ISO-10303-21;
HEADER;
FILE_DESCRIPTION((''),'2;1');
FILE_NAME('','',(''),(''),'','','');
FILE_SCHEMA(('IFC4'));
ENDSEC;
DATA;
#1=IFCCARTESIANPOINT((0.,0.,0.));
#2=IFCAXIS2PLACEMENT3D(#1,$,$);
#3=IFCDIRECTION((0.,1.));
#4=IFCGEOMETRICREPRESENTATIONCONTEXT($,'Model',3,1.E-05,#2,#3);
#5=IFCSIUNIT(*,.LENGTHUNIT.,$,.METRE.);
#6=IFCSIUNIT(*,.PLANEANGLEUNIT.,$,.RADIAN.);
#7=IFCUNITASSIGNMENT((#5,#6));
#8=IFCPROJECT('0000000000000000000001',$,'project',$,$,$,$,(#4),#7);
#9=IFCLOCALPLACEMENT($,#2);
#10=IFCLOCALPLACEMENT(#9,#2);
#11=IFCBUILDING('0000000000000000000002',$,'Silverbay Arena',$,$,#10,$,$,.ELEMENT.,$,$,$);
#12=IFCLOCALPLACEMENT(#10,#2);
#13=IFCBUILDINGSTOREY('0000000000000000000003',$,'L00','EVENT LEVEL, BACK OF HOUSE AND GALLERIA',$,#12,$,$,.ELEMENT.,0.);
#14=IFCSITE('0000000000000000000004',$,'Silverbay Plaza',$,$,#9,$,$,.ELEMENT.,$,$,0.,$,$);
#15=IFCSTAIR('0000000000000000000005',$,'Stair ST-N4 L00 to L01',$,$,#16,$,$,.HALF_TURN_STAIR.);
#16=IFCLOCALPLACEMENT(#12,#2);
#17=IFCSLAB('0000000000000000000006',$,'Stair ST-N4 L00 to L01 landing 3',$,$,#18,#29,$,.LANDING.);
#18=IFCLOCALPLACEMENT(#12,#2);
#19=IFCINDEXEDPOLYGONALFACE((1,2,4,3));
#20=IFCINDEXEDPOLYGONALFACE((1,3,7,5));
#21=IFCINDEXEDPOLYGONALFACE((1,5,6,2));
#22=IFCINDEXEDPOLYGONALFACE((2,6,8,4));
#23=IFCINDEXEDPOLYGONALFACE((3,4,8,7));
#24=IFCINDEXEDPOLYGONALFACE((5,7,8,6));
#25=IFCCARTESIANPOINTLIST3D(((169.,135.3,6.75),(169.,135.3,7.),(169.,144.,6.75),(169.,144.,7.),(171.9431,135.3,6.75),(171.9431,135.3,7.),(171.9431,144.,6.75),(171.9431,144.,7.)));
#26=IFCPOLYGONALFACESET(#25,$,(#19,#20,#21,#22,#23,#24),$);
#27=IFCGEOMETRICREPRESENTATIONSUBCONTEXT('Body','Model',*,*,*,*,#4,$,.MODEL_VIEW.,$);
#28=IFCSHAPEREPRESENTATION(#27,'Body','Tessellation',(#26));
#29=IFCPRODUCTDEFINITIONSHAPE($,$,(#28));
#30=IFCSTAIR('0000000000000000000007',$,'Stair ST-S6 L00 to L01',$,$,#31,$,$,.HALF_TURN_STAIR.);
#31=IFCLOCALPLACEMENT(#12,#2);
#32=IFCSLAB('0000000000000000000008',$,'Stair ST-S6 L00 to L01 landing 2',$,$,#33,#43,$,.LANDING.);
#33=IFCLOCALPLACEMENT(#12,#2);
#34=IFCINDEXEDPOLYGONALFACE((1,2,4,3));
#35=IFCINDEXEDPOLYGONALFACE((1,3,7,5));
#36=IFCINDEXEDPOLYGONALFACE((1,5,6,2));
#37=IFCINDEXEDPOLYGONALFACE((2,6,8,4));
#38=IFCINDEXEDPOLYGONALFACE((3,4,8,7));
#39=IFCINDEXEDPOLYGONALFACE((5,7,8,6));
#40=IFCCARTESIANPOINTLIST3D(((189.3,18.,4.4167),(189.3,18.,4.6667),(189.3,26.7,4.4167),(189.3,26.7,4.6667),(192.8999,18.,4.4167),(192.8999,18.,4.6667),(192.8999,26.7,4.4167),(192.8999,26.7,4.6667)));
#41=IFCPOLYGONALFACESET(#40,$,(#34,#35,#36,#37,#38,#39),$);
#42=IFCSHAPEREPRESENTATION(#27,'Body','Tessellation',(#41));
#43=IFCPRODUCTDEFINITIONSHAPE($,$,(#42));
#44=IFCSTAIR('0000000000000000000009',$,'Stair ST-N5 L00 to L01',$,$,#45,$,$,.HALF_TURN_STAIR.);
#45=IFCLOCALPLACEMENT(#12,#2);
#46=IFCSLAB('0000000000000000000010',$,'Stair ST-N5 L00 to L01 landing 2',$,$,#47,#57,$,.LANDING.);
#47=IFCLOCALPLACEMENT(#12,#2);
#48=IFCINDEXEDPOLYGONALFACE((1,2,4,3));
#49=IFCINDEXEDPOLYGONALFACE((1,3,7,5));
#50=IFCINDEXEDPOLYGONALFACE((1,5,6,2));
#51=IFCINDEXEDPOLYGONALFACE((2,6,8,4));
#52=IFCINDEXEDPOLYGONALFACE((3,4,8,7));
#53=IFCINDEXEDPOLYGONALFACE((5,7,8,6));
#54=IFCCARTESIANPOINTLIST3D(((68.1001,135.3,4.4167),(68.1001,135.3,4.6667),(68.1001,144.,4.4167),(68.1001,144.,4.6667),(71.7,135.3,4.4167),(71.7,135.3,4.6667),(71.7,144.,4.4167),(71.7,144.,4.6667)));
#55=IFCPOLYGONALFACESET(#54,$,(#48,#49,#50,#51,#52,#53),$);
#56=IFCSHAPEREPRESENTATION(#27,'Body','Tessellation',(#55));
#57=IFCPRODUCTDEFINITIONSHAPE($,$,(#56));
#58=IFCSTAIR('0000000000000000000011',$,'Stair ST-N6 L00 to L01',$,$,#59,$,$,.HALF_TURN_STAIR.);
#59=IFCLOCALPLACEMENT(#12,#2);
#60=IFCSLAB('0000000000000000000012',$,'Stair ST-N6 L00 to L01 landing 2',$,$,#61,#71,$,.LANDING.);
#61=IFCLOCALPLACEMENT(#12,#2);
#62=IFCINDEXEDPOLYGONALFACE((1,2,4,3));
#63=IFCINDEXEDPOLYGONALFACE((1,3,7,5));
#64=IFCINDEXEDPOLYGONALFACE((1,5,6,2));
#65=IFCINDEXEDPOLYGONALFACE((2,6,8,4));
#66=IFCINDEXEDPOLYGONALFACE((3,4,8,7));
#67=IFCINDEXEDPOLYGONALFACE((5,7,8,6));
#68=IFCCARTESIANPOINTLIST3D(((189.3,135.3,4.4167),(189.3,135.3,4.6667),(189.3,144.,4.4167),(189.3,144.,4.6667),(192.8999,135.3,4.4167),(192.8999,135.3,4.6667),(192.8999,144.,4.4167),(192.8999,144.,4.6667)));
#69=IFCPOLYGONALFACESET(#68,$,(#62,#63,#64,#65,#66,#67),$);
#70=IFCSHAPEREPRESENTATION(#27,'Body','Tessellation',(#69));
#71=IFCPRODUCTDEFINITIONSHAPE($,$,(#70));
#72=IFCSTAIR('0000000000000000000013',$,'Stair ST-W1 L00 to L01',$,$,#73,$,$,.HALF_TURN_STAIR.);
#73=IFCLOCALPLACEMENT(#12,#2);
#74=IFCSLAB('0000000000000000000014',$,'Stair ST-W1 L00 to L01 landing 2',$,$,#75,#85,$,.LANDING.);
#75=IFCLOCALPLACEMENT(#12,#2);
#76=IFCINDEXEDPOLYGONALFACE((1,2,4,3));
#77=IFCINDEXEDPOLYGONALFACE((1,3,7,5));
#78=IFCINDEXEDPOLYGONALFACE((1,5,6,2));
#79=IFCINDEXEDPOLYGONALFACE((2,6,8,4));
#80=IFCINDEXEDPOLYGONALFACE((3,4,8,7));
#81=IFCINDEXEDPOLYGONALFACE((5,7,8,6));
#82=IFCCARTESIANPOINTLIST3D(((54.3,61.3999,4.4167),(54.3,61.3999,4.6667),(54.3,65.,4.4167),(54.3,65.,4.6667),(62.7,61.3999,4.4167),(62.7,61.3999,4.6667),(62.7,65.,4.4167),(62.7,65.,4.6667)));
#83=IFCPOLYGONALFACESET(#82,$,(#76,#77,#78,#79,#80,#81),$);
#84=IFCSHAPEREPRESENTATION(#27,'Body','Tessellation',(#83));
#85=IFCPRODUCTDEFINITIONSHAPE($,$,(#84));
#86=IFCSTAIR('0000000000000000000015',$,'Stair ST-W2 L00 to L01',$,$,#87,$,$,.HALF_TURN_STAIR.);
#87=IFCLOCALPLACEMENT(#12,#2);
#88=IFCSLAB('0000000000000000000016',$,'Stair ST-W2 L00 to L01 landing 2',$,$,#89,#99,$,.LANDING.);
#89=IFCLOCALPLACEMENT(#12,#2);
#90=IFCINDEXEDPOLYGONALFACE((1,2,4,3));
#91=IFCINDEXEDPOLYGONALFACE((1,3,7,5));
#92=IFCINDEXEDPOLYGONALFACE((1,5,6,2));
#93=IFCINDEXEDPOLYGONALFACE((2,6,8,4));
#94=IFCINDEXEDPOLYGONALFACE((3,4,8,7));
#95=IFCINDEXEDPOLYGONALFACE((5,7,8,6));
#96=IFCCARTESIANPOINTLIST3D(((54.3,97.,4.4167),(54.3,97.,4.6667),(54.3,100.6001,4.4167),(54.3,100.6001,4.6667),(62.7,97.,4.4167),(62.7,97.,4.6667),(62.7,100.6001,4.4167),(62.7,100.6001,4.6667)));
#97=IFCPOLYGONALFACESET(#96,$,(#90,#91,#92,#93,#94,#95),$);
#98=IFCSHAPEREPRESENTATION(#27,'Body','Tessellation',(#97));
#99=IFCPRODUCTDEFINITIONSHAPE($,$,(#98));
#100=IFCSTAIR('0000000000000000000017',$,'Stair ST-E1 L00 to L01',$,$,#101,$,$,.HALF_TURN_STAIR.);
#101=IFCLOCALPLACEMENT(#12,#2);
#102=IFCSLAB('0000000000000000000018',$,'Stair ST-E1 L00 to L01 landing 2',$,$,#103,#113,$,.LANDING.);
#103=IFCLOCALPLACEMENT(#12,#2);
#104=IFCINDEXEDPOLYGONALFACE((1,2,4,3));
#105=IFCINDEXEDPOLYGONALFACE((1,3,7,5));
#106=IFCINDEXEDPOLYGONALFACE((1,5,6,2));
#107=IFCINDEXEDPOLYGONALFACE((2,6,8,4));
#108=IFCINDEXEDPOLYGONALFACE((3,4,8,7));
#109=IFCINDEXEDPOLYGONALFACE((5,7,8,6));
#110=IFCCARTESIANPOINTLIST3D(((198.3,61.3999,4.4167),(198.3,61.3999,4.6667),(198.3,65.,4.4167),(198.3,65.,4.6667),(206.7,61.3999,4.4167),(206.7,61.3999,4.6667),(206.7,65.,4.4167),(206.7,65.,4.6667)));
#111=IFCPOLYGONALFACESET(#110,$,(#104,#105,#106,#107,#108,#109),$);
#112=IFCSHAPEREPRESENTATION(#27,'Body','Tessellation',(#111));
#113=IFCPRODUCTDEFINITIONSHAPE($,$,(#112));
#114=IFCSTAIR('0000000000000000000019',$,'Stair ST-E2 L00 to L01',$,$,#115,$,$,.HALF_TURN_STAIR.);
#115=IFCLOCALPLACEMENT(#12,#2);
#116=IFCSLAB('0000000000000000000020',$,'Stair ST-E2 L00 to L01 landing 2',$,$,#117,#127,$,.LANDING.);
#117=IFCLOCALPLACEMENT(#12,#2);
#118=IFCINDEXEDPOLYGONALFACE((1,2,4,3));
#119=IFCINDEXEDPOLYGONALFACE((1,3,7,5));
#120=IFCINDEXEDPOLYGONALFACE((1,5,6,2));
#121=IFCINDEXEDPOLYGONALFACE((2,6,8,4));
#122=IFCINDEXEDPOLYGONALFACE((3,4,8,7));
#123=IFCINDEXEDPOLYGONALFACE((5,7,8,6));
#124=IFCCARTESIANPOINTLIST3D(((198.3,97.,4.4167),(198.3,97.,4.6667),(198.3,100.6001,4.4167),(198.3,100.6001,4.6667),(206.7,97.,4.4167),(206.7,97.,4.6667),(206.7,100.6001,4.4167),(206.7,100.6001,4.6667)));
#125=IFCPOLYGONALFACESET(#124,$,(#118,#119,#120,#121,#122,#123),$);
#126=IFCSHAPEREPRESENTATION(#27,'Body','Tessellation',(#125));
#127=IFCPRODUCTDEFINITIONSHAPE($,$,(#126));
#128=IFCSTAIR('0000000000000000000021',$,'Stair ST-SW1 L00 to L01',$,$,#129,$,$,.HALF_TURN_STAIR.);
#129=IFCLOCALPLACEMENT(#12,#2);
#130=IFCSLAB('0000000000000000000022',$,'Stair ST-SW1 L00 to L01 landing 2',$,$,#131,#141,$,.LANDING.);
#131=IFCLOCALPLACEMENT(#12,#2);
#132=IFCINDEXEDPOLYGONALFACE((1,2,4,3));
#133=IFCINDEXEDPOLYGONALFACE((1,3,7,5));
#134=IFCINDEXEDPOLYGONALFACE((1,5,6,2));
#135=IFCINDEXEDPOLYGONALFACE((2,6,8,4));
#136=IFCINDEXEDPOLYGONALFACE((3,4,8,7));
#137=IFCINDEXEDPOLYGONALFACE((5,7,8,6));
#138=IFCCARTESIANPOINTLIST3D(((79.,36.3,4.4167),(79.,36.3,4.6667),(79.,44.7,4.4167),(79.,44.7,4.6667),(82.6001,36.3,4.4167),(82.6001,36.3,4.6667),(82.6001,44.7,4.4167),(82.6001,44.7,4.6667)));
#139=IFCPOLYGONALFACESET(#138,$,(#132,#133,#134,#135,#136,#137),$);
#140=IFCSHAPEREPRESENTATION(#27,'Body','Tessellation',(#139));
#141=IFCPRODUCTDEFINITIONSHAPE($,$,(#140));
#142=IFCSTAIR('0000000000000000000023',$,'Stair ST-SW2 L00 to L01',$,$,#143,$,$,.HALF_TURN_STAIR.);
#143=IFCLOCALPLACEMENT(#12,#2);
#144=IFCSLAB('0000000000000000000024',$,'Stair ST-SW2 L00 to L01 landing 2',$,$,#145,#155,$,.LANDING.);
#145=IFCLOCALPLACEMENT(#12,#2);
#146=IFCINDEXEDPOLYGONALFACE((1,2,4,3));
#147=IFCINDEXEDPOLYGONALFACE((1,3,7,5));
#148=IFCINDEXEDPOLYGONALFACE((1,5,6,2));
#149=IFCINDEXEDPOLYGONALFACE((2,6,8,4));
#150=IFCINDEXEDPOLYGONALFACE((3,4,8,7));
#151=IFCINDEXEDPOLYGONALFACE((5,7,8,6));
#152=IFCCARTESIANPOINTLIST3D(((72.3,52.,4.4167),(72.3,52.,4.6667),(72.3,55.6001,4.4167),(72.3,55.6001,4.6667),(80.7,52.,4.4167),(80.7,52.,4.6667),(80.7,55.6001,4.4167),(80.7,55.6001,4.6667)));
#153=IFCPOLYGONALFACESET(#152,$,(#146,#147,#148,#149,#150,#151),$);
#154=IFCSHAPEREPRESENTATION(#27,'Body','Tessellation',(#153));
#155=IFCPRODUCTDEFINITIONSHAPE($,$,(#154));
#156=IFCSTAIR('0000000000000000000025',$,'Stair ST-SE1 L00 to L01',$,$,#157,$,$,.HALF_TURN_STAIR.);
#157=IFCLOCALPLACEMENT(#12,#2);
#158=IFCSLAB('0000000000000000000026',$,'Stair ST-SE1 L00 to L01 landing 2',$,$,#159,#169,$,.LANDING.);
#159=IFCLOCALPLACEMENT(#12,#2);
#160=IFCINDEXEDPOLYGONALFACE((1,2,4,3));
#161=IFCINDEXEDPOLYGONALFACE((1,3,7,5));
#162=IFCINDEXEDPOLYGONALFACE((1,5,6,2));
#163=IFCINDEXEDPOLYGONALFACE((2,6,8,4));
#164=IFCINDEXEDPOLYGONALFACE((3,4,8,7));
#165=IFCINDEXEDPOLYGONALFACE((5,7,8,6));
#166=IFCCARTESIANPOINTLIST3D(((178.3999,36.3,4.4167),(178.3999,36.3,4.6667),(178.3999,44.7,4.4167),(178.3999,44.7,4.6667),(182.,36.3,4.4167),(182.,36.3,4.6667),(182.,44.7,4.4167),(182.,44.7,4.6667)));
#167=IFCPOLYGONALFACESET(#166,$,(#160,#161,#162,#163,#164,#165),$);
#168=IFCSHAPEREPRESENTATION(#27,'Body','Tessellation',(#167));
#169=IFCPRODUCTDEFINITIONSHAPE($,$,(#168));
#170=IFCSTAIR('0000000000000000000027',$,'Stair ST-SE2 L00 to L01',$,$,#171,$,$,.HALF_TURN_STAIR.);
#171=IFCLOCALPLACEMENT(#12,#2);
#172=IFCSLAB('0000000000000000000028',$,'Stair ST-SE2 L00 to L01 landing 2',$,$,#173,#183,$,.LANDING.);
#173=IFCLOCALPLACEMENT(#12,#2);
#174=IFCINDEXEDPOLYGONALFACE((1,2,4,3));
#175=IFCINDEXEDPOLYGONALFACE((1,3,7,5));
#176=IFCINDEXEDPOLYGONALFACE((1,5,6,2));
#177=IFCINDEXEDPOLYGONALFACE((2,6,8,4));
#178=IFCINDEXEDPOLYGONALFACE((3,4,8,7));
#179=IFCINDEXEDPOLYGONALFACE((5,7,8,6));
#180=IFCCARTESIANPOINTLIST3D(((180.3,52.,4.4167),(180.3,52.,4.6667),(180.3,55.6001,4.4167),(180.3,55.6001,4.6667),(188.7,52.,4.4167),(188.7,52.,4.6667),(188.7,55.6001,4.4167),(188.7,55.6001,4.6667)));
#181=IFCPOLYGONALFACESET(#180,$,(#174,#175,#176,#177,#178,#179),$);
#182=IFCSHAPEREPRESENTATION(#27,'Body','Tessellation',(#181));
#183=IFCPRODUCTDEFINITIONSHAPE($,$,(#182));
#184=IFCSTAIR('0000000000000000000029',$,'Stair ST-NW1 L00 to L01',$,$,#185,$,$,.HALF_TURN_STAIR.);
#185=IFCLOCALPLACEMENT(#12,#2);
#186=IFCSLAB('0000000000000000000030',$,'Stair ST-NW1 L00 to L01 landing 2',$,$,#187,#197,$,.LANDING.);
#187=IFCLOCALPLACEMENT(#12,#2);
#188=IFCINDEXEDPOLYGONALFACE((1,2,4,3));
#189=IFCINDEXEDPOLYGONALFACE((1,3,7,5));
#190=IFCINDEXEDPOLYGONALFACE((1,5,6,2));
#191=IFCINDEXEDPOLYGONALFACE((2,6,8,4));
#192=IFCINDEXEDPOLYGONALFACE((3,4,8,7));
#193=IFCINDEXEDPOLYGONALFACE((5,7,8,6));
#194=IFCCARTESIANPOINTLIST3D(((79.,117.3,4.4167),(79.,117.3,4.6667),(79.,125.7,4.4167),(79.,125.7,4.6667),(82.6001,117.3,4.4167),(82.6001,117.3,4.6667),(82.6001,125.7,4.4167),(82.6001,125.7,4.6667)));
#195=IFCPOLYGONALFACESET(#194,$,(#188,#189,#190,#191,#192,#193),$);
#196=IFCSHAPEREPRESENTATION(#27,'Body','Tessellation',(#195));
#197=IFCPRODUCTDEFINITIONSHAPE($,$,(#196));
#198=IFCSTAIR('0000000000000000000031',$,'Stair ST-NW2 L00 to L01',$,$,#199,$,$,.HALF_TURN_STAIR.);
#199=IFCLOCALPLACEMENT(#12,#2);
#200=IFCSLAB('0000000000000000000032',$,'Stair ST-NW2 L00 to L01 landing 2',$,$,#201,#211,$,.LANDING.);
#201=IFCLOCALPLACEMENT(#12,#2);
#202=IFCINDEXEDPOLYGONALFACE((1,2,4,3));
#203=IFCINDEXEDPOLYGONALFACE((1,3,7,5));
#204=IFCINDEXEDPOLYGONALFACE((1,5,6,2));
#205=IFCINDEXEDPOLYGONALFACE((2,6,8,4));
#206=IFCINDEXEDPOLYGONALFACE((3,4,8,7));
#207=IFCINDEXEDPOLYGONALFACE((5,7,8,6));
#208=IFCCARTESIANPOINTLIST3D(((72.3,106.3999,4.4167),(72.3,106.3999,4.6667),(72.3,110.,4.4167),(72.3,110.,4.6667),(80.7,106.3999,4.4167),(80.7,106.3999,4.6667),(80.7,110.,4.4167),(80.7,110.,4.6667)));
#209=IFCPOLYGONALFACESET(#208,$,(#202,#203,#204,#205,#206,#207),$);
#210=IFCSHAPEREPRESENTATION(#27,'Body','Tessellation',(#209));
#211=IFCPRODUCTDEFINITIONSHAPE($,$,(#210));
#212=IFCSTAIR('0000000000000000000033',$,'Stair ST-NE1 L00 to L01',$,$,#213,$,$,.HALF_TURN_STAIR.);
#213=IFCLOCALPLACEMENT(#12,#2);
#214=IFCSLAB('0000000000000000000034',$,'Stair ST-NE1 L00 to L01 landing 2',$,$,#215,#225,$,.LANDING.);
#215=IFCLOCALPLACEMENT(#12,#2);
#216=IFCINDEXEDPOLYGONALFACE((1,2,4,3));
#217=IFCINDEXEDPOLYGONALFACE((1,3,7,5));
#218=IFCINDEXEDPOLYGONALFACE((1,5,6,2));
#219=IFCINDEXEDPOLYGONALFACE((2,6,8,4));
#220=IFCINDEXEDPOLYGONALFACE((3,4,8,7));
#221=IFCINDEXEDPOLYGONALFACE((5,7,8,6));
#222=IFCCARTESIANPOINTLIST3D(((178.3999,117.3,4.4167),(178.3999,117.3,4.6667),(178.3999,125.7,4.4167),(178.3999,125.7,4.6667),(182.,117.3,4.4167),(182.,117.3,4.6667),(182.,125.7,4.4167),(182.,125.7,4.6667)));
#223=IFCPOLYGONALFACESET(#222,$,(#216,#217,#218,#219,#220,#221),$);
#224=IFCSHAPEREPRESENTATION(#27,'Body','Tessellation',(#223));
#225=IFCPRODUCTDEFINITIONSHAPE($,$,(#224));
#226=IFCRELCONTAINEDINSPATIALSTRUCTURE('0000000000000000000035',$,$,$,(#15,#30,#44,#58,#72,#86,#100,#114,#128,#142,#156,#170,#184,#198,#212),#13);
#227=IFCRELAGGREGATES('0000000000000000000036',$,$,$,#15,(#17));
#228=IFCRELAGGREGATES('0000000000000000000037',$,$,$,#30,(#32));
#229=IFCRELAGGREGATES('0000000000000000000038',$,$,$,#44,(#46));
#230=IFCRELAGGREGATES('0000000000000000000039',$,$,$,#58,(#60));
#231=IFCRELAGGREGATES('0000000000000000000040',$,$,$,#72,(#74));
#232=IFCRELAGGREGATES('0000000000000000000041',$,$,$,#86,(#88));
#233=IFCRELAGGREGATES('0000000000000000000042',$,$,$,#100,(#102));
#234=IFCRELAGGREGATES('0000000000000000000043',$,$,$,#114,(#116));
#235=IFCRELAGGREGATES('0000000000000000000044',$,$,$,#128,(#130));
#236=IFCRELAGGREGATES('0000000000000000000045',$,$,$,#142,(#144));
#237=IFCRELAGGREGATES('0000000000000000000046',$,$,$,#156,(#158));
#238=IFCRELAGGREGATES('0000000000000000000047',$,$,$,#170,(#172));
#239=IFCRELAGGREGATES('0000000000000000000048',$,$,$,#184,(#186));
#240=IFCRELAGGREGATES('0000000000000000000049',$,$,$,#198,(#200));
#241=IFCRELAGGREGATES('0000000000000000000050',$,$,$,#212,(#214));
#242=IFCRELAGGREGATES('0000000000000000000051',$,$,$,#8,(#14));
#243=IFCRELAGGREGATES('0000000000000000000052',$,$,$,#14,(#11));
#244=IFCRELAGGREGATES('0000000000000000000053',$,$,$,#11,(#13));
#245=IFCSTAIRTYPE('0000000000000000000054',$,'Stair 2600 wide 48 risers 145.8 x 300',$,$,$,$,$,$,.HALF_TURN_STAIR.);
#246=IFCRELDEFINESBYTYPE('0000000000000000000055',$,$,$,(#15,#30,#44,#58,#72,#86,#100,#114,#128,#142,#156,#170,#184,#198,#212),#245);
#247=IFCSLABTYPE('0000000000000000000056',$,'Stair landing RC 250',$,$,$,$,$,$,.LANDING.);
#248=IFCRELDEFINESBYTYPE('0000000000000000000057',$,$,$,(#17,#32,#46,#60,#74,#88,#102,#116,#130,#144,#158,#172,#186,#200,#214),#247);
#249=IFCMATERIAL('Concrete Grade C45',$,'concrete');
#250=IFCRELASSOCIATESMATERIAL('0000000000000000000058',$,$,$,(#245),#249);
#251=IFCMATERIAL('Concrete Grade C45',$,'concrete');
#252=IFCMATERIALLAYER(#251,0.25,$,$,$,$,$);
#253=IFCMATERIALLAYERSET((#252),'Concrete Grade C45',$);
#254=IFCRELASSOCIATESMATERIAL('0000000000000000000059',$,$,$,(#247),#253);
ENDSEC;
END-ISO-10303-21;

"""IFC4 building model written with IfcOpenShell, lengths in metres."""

from ifc_helpers import new_model, si_unit, direction, frame, origin, place, context, subcontext, project, spatial, polyline, outline, extrude, material, layer, layer_set, type_object, element, aggregate, save


model = new_model("IFC4")

# Units and contexts
model_context = context("Model", 3, precision=1e-05, world=origin(), true_north=direction((0.0, 1.0)))
body_context = subcontext(model_context, "Body", "Model", "MODEL_VIEW")
ifc_project = project(units=[si_unit("LENGTHUNIT", "METRE"), si_unit("PLANEANGLEUNIT", "RADIAN")], contexts=[model_context])

# Site, building, storey
site_placement = place(None, origin())
site = spatial("IfcSite", under=ifc_project, at=site_placement, Name="Silverbay Plaza", CompositionType="ELEMENT", RefElevation=0.0)
building_placement = place(site_placement, origin())
building = spatial("IfcBuilding", under=site, at=building_placement, Name="Silverbay Arena", CompositionType="ELEMENT")
storey_placement = place(building_placement, origin())
storey = spatial("IfcBuildingStorey", under=building, at=storey_placement, Name="L00", Description="EVENT LEVEL, BACK OF HOUSE AND GALLERIA", CompositionType="ELEMENT", Elevation=0.0)

# Stair
ifc_material_1 = material(Name="Concrete Grade C45", Category="concrete")
stair_type = type_object("IfcStairType", Name="Stair 2600 wide 48 risers 145.8 x 300", PredefinedType="HALF_TURN_STAIR", material=ifc_material_1)
stair_1_placement = place(storey_placement, origin())
stair_1 = element("IfcStair", 1, at=stair_1_placement, inside=storey, type_object=stair_type, Name="Stair ST-N4 L00 to L01", PredefinedType="HALF_TURN_STAIR")

# Slab
ifc_material_2 = material(Name="Concrete Grade C45", Category="concrete")
ifc_layer_1 = layer(ifc_material_2, 0.25)
ifc_layer_set_1 = layer_set([ifc_layer_1], Name="Concrete Grade C45")
slab_type_1 = type_object("IfcSlabType", Name="Stair landing RC 250", PredefinedType="LANDING", material=ifc_layer_set_1)
slab_1_placement = place(storey_placement, frame((0.0, 0.0, 6.75)))
slab_1 = element("IfcSlab", 2, at=slab_1_placement, type_object=slab_type_1, Name="Stair ST-N4 L00 to L01 landing 3", PredefinedType="LANDING", context=body_context, shape_type="SweptSolid", body=[
    extrude(outline(polyline([(171.9431, 135.3), (169.0, 135.3), (169.0, 144.0), (171.9431, 144.0), (171.9431, 135.3)])), origin(), (0.0, 0.0, 1.0), 0.25),
])
aggregate(stair_1, [slab_1])

# Stairs, slabs
stair_2_placement = place(storey_placement, origin())
stair_2 = element("IfcStair", 3, at=stair_2_placement, inside=storey, type_object=stair_type, Name="Stair ST-S6 L00 to L01", PredefinedType="HALF_TURN_STAIR")
slab_2_placement = place(storey_placement, frame((0.0, 0.0, 4.4167)))
slab_2 = element("IfcSlab", 4, at=slab_2_placement, type_object=slab_type_1, Name="Stair ST-S6 L00 to L01 landing 2", PredefinedType="LANDING", context=body_context, shape_type="SweptSolid", body=[
    extrude(outline(polyline([(189.3, 26.7), (192.8999, 26.7), (192.8999, 18.0), (189.3, 18.0), (189.3, 26.7)])), origin(), (0.0, 0.0, 1.0), 0.25),
])
aggregate(stair_2, [slab_2])
stair_3_placement = place(storey_placement, origin())
stair_3 = element("IfcStair", 5, at=stair_3_placement, inside=storey, type_object=stair_type, Name="Stair ST-N5 L00 to L01", PredefinedType="HALF_TURN_STAIR")
slab_3_placement = place(storey_placement, frame((0.0, 0.0, 4.4167)))
slab_3 = element("IfcSlab", 6, at=slab_3_placement, type_object=slab_type_1, Name="Stair ST-N5 L00 to L01 landing 2", PredefinedType="LANDING", context=body_context, shape_type="SweptSolid", body=[
    extrude(outline(polyline([(71.7, 135.3), (68.1001, 135.3), (68.1001, 144.0), (71.7, 144.0), (71.7, 135.3)])), origin(), (0.0, 0.0, 1.0), 0.25),
])
aggregate(stair_3, [slab_3])
stair_4_placement = place(storey_placement, origin())
stair_4 = element("IfcStair", 7, at=stair_4_placement, inside=storey, type_object=stair_type, Name="Stair ST-N6 L00 to L01", PredefinedType="HALF_TURN_STAIR")
slab_4_placement = place(storey_placement, frame((0.0, 0.0, 4.4167)))
slab_4 = element("IfcSlab", 8, at=slab_4_placement, type_object=slab_type_1, Name="Stair ST-N6 L00 to L01 landing 2", PredefinedType="LANDING", context=body_context, shape_type="SweptSolid", body=[
    extrude(outline(polyline([(189.3, 135.3), (192.8999, 135.3), (192.8999, 144.0), (189.3, 144.0), (189.3, 135.3)])), origin(), (0.0, 0.0, 1.0), 0.25),
])
aggregate(stair_4, [slab_4])
stair_5_placement = place(storey_placement, origin())
stair_5 = element("IfcStair", 9, at=stair_5_placement, inside=storey, type_object=stair_type, Name="Stair ST-W1 L00 to L01", PredefinedType="HALF_TURN_STAIR")
slab_5_placement = place(storey_placement, frame((0.0, 0.0, 4.4167)))
slab_5 = element("IfcSlab", 10, at=slab_5_placement, type_object=slab_type_1, Name="Stair ST-W1 L00 to L01 landing 2", PredefinedType="LANDING", context=body_context, shape_type="SweptSolid", body=[
    extrude(outline(polyline([(62.7, 65.0), (62.7, 61.3999), (54.3, 61.3999), (54.3, 65.0), (62.7, 65.0)])), origin(), (0.0, 0.0, 1.0), 0.25),
])
aggregate(stair_5, [slab_5])
stair_6_placement = place(storey_placement, origin())
stair_6 = element("IfcStair", 11, at=stair_6_placement, inside=storey, type_object=stair_type, Name="Stair ST-W2 L00 to L01", PredefinedType="HALF_TURN_STAIR")
slab_6_placement = place(storey_placement, frame((0.0, 0.0, 4.4167)))
slab_6 = element("IfcSlab", 12, at=slab_6_placement, type_object=slab_type_1, Name="Stair ST-W2 L00 to L01 landing 2", PredefinedType="LANDING", context=body_context, shape_type="SweptSolid", body=[
    extrude(outline(polyline([(62.7, 97.0), (62.7, 100.6001), (54.3, 100.6001), (54.3, 97.0), (62.7, 97.0)])), origin(), (0.0, 0.0, 1.0), 0.25),
])
aggregate(stair_6, [slab_6])
stair_7_placement = place(storey_placement, origin())
stair_7 = element("IfcStair", 13, at=stair_7_placement, inside=storey, type_object=stair_type, Name="Stair ST-E1 L00 to L01", PredefinedType="HALF_TURN_STAIR")
slab_7_placement = place(storey_placement, frame((0.0, 0.0, 4.4167)))
slab_7 = element("IfcSlab", 14, at=slab_7_placement, type_object=slab_type_1, Name="Stair ST-E1 L00 to L01 landing 2", PredefinedType="LANDING", context=body_context, shape_type="SweptSolid", body=[
    extrude(outline(polyline([(198.3, 65.0), (198.3, 61.3999), (206.7, 61.3999), (206.7, 65.0), (198.3, 65.0)])), origin(), (0.0, 0.0, 1.0), 0.25),
])
aggregate(stair_7, [slab_7])
stair_8_placement = place(storey_placement, origin())
stair_8 = element("IfcStair", 15, at=stair_8_placement, inside=storey, type_object=stair_type, Name="Stair ST-E2 L00 to L01", PredefinedType="HALF_TURN_STAIR")
slab_8_placement = place(storey_placement, frame((0.0, 0.0, 4.4167)))
slab_8 = element("IfcSlab", 16, at=slab_8_placement, type_object=slab_type_1, Name="Stair ST-E2 L00 to L01 landing 2", PredefinedType="LANDING", context=body_context, shape_type="SweptSolid", body=[
    extrude(outline(polyline([(198.3, 97.0), (198.3, 100.6001), (206.7, 100.6001), (206.7, 97.0), (198.3, 97.0)])), origin(), (0.0, 0.0, 1.0), 0.25),
])
aggregate(stair_8, [slab_8])
stair_9_placement = place(storey_placement, origin())
stair_9 = element("IfcStair", 17, at=stair_9_placement, inside=storey, type_object=stair_type, Name="Stair ST-SW1 L00 to L01", PredefinedType="HALF_TURN_STAIR")
slab_9_placement = place(storey_placement, frame((0.0, 0.0, 4.4167)))
slab_9 = element("IfcSlab", 18, at=slab_9_placement, type_object=slab_type_1, Name="Stair ST-SW1 L00 to L01 landing 2", PredefinedType="LANDING", context=body_context, shape_type="SweptSolid", body=[
    extrude(outline(polyline([(79.0, 44.7), (82.6001, 44.7), (82.6001, 36.3), (79.0, 36.3), (79.0, 44.7)])), origin(), (0.0, 0.0, 1.0), 0.25),
])
aggregate(stair_9, [slab_9])
stair_10_placement = place(storey_placement, origin())
stair_10 = element("IfcStair", 19, at=stair_10_placement, inside=storey, type_object=stair_type, Name="Stair ST-SW2 L00 to L01", PredefinedType="HALF_TURN_STAIR")
slab_10_placement = place(storey_placement, frame((0.0, 0.0, 4.4167)))
slab_10 = element("IfcSlab", 20, at=slab_10_placement, type_object=slab_type_1, Name="Stair ST-SW2 L00 to L01 landing 2", PredefinedType="LANDING", context=body_context, shape_type="SweptSolid", body=[
    extrude(outline(polyline([(80.7, 52.0), (80.7, 55.6001), (72.3, 55.6001), (72.3, 52.0), (80.7, 52.0)])), origin(), (0.0, 0.0, 1.0), 0.25),
])
aggregate(stair_10, [slab_10])
stair_11_placement = place(storey_placement, origin())
stair_11 = element("IfcStair", 21, at=stair_11_placement, inside=storey, type_object=stair_type, Name="Stair ST-SE1 L00 to L01", PredefinedType="HALF_TURN_STAIR")
slab_11_placement = place(storey_placement, frame((0.0, 0.0, 4.4167)))
slab_11 = element("IfcSlab", 22, at=slab_11_placement, type_object=slab_type_1, Name="Stair ST-SE1 L00 to L01 landing 2", PredefinedType="LANDING", context=body_context, shape_type="SweptSolid", body=[
    extrude(outline(polyline([(182.0, 44.7), (178.3999, 44.7), (178.3999, 36.3), (182.0, 36.3), (182.0, 44.7)])), origin(), (0.0, 0.0, 1.0), 0.25),
])
aggregate(stair_11, [slab_11])
stair_12_placement = place(storey_placement, origin())
stair_12 = element("IfcStair", 23, at=stair_12_placement, inside=storey, type_object=stair_type, Name="Stair ST-SE2 L00 to L01", PredefinedType="HALF_TURN_STAIR")
slab_12_placement = place(storey_placement, frame((0.0, 0.0, 4.4167)))
slab_12 = element("IfcSlab", 24, at=slab_12_placement, type_object=slab_type_1, Name="Stair ST-SE2 L00 to L01 landing 2", PredefinedType="LANDING", context=body_context, shape_type="SweptSolid", body=[
    extrude(outline(polyline([(180.3, 52.0), (180.3, 55.6001), (188.7, 55.6001), (188.7, 52.0), (180.3, 52.0)])), origin(), (0.0, 0.0, 1.0), 0.25),
])
aggregate(stair_12, [slab_12])
stair_13_placement = place(storey_placement, origin())
stair_13 = element("IfcStair", 25, at=stair_13_placement, inside=storey, type_object=stair_type, Name="Stair ST-NW1 L00 to L01", PredefinedType="HALF_TURN_STAIR")
slab_13_placement = place(storey_placement, frame((0.0, 0.0, 4.4167)))
slab_13 = element("IfcSlab", 26, at=slab_13_placement, type_object=slab_type_1, Name="Stair ST-NW1 L00 to L01 landing 2", PredefinedType="LANDING", context=body_context, shape_type="SweptSolid", body=[
    extrude(outline(polyline([(79.0, 117.3), (82.6001, 117.3), (82.6001, 125.7), (79.0, 125.7), (79.0, 117.3)])), origin(), (0.0, 0.0, 1.0), 0.25),
])
aggregate(stair_13, [slab_13])
stair_14_placement = place(storey_placement, origin())
stair_14 = element("IfcStair", 27, at=stair_14_placement, inside=storey, type_object=stair_type, Name="Stair ST-NW2 L00 to L01", PredefinedType="HALF_TURN_STAIR")
slab_14_placement = place(storey_placement, frame((0.0, 0.0, 4.4167)))
slab_14 = element("IfcSlab", 28, at=slab_14_placement, type_object=slab_type_1, Name="Stair ST-NW2 L00 to L01 landing 2", PredefinedType="LANDING", context=body_context, shape_type="SweptSolid", body=[
    extrude(outline(polyline([(80.7, 110.0), (80.7, 106.3999), (72.3, 106.3999), (72.3, 110.0), (80.7, 110.0)])), origin(), (0.0, 0.0, 1.0), 0.25),
])
aggregate(stair_14, [slab_14])
stair_15_placement = place(storey_placement, origin())
stair_15 = element("IfcStair", 29, at=stair_15_placement, inside=storey, type_object=stair_type, Name="Stair ST-NE1 L00 to L01", PredefinedType="HALF_TURN_STAIR")
slab_15_placement = place(storey_placement, frame((0.0, 0.0, 4.4167)))
slab_15 = element("IfcSlab", 30, at=slab_15_placement, type_object=slab_type_1, Name="Stair ST-NE1 L00 to L01 landing 2", PredefinedType="LANDING", context=body_context, shape_type="SweptSolid", body=[
    extrude(outline(polyline([(182.0, 117.3), (178.3999, 117.3), (178.3999, 125.7), (182.0, 125.7), (182.0, 117.3)])), origin(), (0.0, 0.0, 1.0), 0.25),
])
aggregate(stair_15, [slab_15])

save(model, "model.ifc")
